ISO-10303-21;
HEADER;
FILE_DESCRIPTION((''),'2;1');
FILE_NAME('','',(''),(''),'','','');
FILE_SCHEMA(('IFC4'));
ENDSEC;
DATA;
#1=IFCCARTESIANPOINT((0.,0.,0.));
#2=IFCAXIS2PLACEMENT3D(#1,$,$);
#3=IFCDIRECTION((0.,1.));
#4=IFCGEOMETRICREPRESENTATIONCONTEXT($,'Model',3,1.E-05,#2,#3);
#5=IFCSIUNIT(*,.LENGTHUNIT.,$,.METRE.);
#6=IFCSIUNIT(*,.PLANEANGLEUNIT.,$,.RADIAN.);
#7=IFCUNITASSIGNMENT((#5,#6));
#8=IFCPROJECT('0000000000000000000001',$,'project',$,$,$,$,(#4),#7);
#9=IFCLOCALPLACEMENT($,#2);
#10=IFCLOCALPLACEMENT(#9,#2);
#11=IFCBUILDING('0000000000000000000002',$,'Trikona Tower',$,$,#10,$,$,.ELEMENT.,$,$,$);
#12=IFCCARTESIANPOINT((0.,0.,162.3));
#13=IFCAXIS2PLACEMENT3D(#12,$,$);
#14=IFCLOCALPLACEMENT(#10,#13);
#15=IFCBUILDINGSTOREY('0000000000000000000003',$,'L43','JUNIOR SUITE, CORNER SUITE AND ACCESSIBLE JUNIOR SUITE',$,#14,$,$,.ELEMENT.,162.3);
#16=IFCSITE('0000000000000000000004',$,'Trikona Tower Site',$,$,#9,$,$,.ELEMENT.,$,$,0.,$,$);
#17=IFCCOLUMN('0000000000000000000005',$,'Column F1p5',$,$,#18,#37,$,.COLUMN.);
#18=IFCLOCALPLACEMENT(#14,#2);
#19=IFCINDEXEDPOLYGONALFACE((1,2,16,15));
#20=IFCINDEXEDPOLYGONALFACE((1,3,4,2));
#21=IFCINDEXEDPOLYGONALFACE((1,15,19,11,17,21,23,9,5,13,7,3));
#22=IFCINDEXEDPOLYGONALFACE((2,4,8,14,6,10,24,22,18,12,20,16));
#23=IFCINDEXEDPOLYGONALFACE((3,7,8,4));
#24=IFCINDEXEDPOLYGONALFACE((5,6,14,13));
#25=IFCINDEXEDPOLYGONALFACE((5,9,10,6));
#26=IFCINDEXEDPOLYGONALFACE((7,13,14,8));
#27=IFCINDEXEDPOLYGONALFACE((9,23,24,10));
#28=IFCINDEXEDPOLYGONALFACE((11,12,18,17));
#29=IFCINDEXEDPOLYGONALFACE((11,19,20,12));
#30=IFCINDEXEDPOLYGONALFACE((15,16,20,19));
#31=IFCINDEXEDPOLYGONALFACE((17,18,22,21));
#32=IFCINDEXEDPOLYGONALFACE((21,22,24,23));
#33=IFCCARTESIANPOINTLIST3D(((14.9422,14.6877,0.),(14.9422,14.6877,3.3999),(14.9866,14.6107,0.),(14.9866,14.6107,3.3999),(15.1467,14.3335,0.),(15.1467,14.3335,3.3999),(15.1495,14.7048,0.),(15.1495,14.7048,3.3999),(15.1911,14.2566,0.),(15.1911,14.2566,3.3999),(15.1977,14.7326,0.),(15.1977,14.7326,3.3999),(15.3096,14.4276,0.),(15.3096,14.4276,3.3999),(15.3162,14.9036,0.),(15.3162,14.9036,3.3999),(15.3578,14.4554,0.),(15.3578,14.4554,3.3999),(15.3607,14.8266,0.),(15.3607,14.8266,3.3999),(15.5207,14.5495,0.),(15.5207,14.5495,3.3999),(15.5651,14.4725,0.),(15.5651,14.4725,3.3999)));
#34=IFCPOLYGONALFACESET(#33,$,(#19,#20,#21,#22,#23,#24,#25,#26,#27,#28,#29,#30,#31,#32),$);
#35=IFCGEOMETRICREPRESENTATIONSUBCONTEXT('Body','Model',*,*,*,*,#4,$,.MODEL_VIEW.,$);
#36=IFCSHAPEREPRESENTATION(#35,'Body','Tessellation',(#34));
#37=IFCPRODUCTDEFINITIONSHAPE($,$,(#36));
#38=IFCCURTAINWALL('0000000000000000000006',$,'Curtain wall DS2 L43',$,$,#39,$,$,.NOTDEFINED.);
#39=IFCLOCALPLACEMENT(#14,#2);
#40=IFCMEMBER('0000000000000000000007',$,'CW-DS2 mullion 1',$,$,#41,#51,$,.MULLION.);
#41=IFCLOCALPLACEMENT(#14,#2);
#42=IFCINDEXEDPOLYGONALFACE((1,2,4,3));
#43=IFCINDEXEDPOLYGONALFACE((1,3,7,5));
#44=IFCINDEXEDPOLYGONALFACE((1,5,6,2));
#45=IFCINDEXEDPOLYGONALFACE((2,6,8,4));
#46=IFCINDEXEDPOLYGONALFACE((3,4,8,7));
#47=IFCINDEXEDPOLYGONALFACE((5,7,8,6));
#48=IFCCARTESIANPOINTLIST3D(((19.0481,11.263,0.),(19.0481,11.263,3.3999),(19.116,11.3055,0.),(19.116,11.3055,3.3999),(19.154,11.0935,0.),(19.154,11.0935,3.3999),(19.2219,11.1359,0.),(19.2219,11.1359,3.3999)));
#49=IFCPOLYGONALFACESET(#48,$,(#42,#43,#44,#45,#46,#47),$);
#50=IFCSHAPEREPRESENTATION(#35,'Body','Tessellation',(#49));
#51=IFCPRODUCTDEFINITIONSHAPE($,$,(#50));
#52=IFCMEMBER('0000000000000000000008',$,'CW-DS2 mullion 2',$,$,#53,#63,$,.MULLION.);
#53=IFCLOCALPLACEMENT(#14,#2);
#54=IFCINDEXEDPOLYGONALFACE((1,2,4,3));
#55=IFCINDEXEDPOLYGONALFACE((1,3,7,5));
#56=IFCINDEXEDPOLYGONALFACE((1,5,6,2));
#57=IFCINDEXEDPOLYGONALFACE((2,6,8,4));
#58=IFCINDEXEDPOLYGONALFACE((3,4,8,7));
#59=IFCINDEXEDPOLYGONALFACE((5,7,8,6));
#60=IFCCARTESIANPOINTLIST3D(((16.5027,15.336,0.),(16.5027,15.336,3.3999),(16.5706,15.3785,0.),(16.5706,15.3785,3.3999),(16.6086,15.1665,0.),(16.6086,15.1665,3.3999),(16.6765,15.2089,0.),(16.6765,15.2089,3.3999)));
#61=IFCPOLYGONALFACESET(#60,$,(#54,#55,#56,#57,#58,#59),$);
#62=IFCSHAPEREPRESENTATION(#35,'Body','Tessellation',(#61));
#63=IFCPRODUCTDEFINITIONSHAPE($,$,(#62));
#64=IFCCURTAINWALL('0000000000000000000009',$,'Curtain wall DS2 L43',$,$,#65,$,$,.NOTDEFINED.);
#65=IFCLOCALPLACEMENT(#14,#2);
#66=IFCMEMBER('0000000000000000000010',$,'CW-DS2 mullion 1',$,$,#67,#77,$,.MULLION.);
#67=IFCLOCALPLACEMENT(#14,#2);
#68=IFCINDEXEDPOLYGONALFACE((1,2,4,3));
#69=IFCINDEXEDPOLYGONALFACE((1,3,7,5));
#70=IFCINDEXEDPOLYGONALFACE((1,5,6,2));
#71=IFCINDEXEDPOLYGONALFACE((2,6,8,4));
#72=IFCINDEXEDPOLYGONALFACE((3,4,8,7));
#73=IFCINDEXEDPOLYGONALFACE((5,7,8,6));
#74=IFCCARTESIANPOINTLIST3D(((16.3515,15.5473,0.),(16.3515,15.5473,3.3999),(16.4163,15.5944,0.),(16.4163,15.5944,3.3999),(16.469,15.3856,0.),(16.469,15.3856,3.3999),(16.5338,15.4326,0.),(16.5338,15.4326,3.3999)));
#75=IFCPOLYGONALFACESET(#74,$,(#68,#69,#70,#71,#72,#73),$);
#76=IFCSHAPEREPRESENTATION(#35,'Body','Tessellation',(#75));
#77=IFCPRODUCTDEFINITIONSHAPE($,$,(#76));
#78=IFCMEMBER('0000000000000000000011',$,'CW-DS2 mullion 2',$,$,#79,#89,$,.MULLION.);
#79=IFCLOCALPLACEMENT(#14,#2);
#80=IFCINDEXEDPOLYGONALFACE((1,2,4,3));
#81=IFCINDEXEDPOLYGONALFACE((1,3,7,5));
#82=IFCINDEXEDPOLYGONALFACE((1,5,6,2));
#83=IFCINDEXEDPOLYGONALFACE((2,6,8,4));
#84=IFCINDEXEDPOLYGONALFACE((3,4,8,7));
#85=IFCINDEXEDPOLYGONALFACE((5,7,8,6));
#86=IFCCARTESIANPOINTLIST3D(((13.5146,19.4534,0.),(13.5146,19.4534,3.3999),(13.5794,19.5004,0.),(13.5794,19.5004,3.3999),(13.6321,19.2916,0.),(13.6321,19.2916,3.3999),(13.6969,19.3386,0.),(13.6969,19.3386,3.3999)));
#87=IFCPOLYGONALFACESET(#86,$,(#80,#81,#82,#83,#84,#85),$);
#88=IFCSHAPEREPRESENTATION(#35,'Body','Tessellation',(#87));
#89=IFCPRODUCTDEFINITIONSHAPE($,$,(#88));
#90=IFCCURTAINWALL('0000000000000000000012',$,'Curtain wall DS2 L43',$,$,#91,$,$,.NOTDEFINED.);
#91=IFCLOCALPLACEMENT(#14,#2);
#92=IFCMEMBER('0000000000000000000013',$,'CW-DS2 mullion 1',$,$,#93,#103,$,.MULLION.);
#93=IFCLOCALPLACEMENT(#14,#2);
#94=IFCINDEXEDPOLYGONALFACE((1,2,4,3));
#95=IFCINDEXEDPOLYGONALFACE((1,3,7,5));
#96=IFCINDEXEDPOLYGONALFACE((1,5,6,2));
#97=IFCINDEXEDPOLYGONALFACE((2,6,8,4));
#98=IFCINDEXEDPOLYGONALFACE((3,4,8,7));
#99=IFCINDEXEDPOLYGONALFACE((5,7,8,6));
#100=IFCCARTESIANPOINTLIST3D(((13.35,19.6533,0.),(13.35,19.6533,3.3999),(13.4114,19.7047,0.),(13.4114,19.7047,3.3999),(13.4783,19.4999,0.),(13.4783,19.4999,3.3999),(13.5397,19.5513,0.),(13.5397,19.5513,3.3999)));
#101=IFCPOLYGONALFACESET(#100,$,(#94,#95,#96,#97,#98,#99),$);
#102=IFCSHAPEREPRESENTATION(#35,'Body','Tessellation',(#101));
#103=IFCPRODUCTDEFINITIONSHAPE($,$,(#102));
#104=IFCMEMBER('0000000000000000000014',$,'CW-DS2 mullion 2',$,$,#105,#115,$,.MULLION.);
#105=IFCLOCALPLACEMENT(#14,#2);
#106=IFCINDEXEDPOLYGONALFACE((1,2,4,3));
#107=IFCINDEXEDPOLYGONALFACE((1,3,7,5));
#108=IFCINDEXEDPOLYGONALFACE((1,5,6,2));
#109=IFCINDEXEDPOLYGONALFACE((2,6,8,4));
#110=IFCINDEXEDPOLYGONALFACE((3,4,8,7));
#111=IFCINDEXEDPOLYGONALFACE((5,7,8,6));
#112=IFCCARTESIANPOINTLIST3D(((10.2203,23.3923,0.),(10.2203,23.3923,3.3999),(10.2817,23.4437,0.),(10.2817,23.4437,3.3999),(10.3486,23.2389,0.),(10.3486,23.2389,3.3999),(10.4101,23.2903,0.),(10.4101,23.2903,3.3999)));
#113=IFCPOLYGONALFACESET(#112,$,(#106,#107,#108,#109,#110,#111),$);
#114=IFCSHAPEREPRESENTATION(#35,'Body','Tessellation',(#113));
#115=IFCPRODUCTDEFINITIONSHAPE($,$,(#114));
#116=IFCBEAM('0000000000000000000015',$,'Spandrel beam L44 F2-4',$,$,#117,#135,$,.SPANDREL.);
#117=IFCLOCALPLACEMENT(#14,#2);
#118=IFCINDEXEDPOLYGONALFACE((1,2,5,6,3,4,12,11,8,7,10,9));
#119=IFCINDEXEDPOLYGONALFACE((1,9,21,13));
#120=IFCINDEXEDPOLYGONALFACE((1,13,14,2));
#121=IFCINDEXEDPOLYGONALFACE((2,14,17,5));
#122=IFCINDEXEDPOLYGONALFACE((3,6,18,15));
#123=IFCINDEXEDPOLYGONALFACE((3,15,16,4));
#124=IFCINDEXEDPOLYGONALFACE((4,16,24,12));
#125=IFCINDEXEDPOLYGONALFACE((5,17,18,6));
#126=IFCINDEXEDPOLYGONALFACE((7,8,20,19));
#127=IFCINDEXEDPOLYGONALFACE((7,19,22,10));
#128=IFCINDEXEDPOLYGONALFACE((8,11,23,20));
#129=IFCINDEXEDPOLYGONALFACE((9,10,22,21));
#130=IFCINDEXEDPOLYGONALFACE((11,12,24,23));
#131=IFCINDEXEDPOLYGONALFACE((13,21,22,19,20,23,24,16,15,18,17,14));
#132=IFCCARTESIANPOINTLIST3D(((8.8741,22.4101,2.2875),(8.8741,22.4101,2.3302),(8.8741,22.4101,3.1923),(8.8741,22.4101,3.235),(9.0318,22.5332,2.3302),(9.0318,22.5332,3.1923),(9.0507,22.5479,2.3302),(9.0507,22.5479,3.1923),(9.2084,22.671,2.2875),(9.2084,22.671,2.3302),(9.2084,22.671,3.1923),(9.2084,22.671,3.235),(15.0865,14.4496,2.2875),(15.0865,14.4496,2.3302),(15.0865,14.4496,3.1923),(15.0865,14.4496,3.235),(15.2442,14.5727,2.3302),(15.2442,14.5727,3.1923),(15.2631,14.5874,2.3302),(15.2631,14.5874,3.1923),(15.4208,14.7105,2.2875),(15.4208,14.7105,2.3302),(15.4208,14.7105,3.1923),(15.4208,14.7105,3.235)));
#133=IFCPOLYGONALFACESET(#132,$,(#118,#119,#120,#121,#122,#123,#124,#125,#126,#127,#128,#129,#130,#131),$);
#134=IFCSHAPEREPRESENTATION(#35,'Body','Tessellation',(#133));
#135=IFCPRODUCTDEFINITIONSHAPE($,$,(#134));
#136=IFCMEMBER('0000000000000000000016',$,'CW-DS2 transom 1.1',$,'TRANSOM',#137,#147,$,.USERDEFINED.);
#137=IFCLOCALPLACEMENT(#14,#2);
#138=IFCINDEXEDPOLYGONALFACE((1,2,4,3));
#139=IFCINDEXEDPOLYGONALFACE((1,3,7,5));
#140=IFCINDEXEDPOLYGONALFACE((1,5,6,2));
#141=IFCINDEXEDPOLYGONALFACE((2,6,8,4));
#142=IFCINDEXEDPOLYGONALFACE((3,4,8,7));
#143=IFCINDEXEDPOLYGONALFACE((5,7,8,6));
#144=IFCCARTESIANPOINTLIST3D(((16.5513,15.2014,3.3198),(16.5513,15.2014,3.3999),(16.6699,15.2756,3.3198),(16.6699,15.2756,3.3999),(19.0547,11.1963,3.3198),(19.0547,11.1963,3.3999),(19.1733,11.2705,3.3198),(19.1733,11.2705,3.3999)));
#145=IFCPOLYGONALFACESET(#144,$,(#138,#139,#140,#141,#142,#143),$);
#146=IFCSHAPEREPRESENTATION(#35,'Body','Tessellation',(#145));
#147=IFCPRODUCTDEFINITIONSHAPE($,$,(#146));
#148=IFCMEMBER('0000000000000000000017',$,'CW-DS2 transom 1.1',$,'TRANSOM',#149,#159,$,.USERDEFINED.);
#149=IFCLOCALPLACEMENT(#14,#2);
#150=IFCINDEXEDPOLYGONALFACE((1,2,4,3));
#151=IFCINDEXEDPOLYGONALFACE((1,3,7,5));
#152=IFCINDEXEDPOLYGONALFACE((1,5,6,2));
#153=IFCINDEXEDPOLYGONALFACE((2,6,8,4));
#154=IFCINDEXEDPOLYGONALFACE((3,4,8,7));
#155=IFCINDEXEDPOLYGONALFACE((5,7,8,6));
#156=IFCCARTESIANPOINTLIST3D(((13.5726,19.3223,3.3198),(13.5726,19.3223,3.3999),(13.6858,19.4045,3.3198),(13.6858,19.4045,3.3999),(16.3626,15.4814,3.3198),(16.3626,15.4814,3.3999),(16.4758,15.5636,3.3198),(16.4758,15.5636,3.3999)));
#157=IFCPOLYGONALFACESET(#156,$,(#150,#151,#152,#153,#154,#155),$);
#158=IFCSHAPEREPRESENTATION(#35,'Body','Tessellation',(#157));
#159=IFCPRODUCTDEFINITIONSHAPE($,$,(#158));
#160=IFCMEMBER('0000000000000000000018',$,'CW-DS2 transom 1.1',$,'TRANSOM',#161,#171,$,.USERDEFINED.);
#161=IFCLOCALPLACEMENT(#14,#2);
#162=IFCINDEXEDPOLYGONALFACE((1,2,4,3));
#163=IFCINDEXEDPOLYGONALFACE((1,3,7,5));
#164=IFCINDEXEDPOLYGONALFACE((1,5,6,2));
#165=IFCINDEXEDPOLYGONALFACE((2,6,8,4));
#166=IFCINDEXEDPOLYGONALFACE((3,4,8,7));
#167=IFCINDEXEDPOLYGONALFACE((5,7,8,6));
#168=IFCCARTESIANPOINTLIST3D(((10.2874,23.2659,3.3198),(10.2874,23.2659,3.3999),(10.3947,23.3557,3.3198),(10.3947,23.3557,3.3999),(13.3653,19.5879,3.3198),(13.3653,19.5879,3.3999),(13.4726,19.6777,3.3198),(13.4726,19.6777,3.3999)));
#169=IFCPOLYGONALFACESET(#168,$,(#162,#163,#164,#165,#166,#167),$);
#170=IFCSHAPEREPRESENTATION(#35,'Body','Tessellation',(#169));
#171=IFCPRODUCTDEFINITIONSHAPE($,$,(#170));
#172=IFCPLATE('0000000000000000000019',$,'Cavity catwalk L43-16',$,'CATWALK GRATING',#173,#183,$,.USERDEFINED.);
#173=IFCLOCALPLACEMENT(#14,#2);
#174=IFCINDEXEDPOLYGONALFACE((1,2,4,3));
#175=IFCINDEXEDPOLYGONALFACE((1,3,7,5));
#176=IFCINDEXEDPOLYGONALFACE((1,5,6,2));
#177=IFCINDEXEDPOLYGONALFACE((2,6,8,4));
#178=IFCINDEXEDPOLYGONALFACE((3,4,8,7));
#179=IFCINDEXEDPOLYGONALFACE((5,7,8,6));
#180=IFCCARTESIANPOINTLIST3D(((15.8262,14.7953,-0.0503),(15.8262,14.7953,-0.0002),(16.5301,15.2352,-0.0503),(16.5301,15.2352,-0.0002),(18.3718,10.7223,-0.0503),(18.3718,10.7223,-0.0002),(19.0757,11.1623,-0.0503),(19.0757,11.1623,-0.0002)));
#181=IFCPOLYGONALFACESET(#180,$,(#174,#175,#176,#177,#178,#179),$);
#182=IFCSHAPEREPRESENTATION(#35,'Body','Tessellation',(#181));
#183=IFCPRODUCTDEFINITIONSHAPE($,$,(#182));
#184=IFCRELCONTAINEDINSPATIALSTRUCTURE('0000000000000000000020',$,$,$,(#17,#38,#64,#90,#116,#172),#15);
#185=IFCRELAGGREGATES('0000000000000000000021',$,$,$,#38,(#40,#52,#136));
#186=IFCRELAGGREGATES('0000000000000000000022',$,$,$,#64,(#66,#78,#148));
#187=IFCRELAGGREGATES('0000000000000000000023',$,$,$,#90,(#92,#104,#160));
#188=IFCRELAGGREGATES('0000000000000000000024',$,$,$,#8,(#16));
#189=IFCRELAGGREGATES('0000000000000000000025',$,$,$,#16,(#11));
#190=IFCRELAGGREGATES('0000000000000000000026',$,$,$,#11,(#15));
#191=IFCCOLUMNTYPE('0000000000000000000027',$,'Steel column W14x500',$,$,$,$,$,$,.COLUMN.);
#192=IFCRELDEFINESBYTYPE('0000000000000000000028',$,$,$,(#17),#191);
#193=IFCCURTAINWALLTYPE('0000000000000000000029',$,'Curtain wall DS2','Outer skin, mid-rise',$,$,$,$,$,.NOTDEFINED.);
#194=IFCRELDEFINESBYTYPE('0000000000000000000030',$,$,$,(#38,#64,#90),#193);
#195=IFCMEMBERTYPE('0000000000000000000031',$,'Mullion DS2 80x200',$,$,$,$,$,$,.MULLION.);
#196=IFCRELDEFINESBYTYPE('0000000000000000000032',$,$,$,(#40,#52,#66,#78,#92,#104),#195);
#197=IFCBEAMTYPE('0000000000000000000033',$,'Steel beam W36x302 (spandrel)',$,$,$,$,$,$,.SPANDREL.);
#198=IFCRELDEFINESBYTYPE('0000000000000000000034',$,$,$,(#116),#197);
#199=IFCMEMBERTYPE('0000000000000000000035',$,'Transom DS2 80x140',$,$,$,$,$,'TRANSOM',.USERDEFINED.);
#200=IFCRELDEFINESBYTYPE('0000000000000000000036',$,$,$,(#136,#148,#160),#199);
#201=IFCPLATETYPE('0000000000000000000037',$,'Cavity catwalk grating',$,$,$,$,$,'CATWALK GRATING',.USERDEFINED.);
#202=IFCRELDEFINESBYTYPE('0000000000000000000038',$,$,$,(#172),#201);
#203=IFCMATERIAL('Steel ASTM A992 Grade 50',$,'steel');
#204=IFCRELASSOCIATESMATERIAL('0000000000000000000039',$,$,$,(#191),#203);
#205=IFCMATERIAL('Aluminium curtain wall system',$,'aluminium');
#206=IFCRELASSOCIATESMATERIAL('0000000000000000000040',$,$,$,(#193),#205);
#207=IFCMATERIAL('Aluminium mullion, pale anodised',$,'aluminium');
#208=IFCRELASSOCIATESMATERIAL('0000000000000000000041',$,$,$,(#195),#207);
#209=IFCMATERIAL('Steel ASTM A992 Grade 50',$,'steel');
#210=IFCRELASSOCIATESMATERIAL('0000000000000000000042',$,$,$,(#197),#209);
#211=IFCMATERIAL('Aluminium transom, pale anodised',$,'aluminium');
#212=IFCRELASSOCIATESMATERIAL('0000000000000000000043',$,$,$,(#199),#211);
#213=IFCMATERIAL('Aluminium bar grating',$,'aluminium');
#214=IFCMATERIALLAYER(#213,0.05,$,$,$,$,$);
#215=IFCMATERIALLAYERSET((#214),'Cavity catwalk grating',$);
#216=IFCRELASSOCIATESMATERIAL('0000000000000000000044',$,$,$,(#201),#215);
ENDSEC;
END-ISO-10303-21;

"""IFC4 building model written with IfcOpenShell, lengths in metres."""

from ifc_helpers import new_model, si_unit, direction, frame, origin, origin_2d, place, context, subcontext, project, spatial, rectangle, i_section, extrude, material, layer, layer_set, material_profile, profile_set, type_object, element, aggregate, save


model = new_model("IFC4")

# Units and contexts
model_context = context("Model", 3, precision=1e-05, world=origin(), true_north=direction((0.0, 1.0)))
body_context = subcontext(model_context, "Body", "Model", "MODEL_VIEW")
ifc_project = project(units=[si_unit("LENGTHUNIT", "METRE"), si_unit("PLANEANGLEUNIT", "RADIAN")], contexts=[model_context])

# Site, building, storey
site_placement = place(None, origin())
site = spatial("IfcSite", under=ifc_project, at=site_placement, Name="Trikona Tower Site", CompositionType="ELEMENT", RefElevation=0.0)
building_placement = place(site_placement, origin())
building = spatial("IfcBuilding", under=site, at=building_placement, Name="Trikona Tower", CompositionType="ELEMENT")
storey_placement = place(building_placement, frame((0.0, 0.0, 162.3)))
storey = spatial("IfcBuildingStorey", under=building, at=storey_placement, Name="L43", Description="JUNIOR SUITE, CORNER SUITE AND ACCESSIBLE JUNIOR SUITE", CompositionType="ELEMENT", Elevation=162.3)

# Column
ifc_material_1 = material(Name="Steel ASTM A992 Grade 50", Category="steel")
ifc_material_profile_1 = material_profile(ifc_material_1, i_section(OverallWidth=0.4319, OverallDepth=0.4978, WebThickness=0.0557, FlangeThickness=0.0889, at=origin_2d()), Name="W14X500")
ifc_profile_set_1 = profile_set([ifc_material_profile_1], Name="Steel ASTM A992 Grade 50")
column_type = type_object("IfcColumnType", Name="Steel column W14x500", PredefinedType="COLUMN", material=ifc_profile_set_1)
column_placement = place(storey_placement, frame((15.2537, 14.5801, 0.0), z_axis=(0.0, 0.0, 1.0), x_axis=(0.866025, 0.5, 0.0)))
element("IfcColumn", 1, at=column_placement, inside=storey, type_object=column_type, Name="Column F1p5", PredefinedType="COLUMN", context=body_context, shape_type="SweptSolid", body=[
    extrude(i_section(OverallWidth=0.4319, OverallDepth=0.4978, WebThickness=0.0557, FlangeThickness=0.0889, at=origin_2d()), origin(), (0.0, 0.0, 1.0), 3.3999),
])

# Curtain walls, members
ifc_material_2 = material(Name="Aluminium curtain wall system", Category="aluminium")
curtain_wall_type = type_object("IfcCurtainWallType", Name="Curtain wall DS2", Description="Outer skin, mid-rise", PredefinedType="NOTDEFINED", material=ifc_material_2)
curtain_wall_1_placement = place(storey_placement, origin())
curtain_wall_1 = element("IfcCurtainWall", 2, at=curtain_wall_1_placement, inside=storey, type_object=curtain_wall_type, Name="Curtain wall DS2 L43", PredefinedType="NOTDEFINED")
ifc_material_3 = material(Name="Aluminium mullion, pale anodised", Category="aluminium")
ifc_material_profile_2 = material_profile(ifc_material_3, rectangle(XDim=0.0801, YDim=0.2, at=origin_2d()), Name="MUL-DS2")
ifc_profile_set_2 = profile_set([ifc_material_profile_2], Name="Aluminium mullion, pale anodised")
member_type_1 = type_object("IfcMemberType", Name="Mullion DS2 80x200", PredefinedType="MULLION", material=ifc_profile_set_2)
member_1_placement = place(storey_placement, frame((19.135, 11.1995, 0.0), z_axis=(0.0, 0.0, 1.0), x_axis=(-0.847998, -0.529999, 0.0)))
member_1 = element("IfcMember", 3, at=member_1_placement, type_object=member_type_1, Name="CW-DS2 mullion 1", PredefinedType="MULLION", context=body_context, shape_type="SweptSolid", body=[
    extrude(rectangle(XDim=0.0801, YDim=0.2, at=origin_2d()), origin(), (0.0, 0.0, 1.0), 3.3999),
])
member_2_placement = place(storey_placement, frame((16.5896, 15.2725, 0.0), z_axis=(0.0, 0.0, 1.0), x_axis=(-0.847998, -0.529999, 0.0)))
member_2 = element("IfcMember", 4, at=member_2_placement, type_object=member_type_1, Name="CW-DS2 mullion 2", PredefinedType="MULLION", context=body_context, shape_type="SweptSolid", body=[
    extrude(rectangle(XDim=0.0801, YDim=0.2, at=origin_2d()), origin(), (0.0, 0.0, 1.0), 3.3999),
])
curtain_wall_2_placement = place(storey_placement, origin())
curtain_wall_2 = element("IfcCurtainWall", 5, at=curtain_wall_2_placement, inside=storey, type_object=curtain_wall_type, Name="Curtain wall DS2 L43", PredefinedType="NOTDEFINED")
member_3_placement = place(storey_placement, frame((16.4426, 15.49, 0.0), z_axis=(0.0, 0.0, 1.0), x_axis=(-0.809086, -0.587691, 0.0)))
member_3 = element("IfcMember", 6, at=member_3_placement, type_object=member_type_1, Name="CW-DS2 mullion 1", PredefinedType="MULLION", context=body_context, shape_type="SweptSolid", body=[
    extrude(rectangle(XDim=0.0801, YDim=0.2, at=origin_2d()), origin(), (0.0, 0.0, 1.0), 3.3999),
])
member_4_placement = place(storey_placement, frame((13.6057, 19.396, 0.0), z_axis=(0.0, 0.0, 1.0), x_axis=(-0.809086, -0.587691, 0.0)))
member_4 = element("IfcMember", 7, at=member_4_placement, type_object=member_type_1, Name="CW-DS2 mullion 2", PredefinedType="MULLION", context=body_context, shape_type="SweptSolid", body=[
    extrude(rectangle(XDim=0.0801, YDim=0.2, at=origin_2d()), origin(), (0.0, 0.0, 1.0), 3.3999),
])
curtain_wall_3_placement = place(storey_placement, origin())
curtain_wall_3 = element("IfcCurtainWall", 8, at=curtain_wall_3_placement, inside=storey, type_object=curtain_wall_type, Name="Curtain wall DS2 L43", PredefinedType="NOTDEFINED")
member_5_placement = place(storey_placement, frame((13.4448, 19.6023, 0.0), z_axis=(0.0, 0.0, 1.0), x_axis=(-0.766867, -0.641806, 0.0)))
member_5 = element("IfcMember", 9, at=member_5_placement, type_object=member_type_1, Name="CW-DS2 mullion 1", PredefinedType="MULLION", context=body_context, shape_type="SweptSolid", body=[
    extrude(rectangle(XDim=0.0801, YDim=0.2, at=origin_2d()), origin(), (0.0, 0.0, 1.0), 3.3999),
])
member_6_placement = place(storey_placement, frame((10.3152, 23.3413, 0.0), z_axis=(0.0, 0.0, 1.0), x_axis=(-0.766867, -0.641806, 0.0)))
member_6 = element("IfcMember", 10, at=member_6_placement, type_object=member_type_1, Name="CW-DS2 mullion 2", PredefinedType="MULLION", context=body_context, shape_type="SweptSolid", body=[
    extrude(rectangle(XDim=0.0801, YDim=0.2, at=origin_2d()), origin(), (0.0, 0.0, 1.0), 3.3999),
])

# Beam
ifc_material_4 = material(Name="Steel ASTM A992 Grade 50", Category="steel")
ifc_material_profile_3 = material_profile(ifc_material_4, i_section(OverallWidth=0.4241, OverallDepth=0.9475, WebThickness=0.0239, FlangeThickness=0.0427, at=origin_2d()), Name="W36X302")
ifc_profile_set_3 = profile_set([ifc_material_profile_3], Name="Steel ASTM A992 Grade 50")
beam_type = type_object("IfcBeamType", Name="Steel beam W36x302 (spandrel)", PredefinedType="SPANDREL", material=ifc_profile_set_3)
beam_placement = place(storey_placement, frame((15.2537, 14.5801, 2.7612), z_axis=(-0.615232, 0.788346, 0.0), x_axis=(-0.788346, -0.615232, 0.0)))
element("IfcBeam", 11, at=beam_placement, inside=storey, type_object=beam_type, Name="Spandrel beam L44 F2-4", PredefinedType="SPANDREL", context=body_context, shape_type="SweptSolid", body=[
    extrude(i_section(OverallWidth=0.4241, OverallDepth=0.9475, WebThickness=0.0239, FlangeThickness=0.0427, at=origin_2d()), origin(), (0.0, 0.0, 1.0), 10.0977),
])

# Members
ifc_material_5 = material(Name="Aluminium transom, pale anodised", Category="aluminium")
ifc_material_profile_4 = material_profile(ifc_material_5, rectangle(XDim=0.1399, YDim=0.0801, at=origin_2d()), Name="TRN-DS2")
ifc_profile_set_4 = profile_set([ifc_material_profile_4], Name="Aluminium transom, pale anodised")
member_type_2 = type_object("IfcMemberType", Name="Transom DS2 80x140", ElementType="TRANSOM", PredefinedType="USERDEFINED", material=ifc_profile_set_4)
member_7_placement = place(storey_placement, frame((19.114, 11.2334, 3.3599), z_axis=(-0.530031, 0.847978, 0.0), x_axis=(-0.847978, -0.530031, 0.0)))
member_7 = element("IfcMember", 12, at=member_7_placement, type_object=member_type_2, Name="CW-DS2 transom 1.1", ObjectType="TRANSOM", PredefinedType="USERDEFINED", context=body_context, shape_type="SweptSolid", body=[
    extrude(rectangle(XDim=0.1399, YDim=0.0801, at=origin_2d()), origin(), (0.0, 0.0, 1.0), 4.7231),
])
member_8_placement = place(storey_placement, frame((16.4192, 15.5225, 3.3599), z_axis=(-0.587695, 0.809083, 0.0), x_axis=(-0.809083, -0.587695, 0.0)))
member_8 = element("IfcMember", 13, at=member_8_placement, type_object=member_type_2, Name="CW-DS2 transom 1.1", ObjectType="TRANSOM", PredefinedType="USERDEFINED", context=body_context, shape_type="SweptSolid", body=[
    extrude(rectangle(XDim=0.1399, YDim=0.0801, at=origin_2d()), origin(), (0.0, 0.0, 1.0), 4.7473),
])
member_9_placement = place(storey_placement, frame((13.4189, 19.6328, 3.3599), z_axis=(-0.64177, 0.766897, 0.0), x_axis=(-0.766897, -0.64177, 0.0)))
member_9 = element("IfcMember", 14, at=member_9_placement, type_object=member_type_2, Name="CW-DS2 transom 1.1", ObjectType="TRANSOM", PredefinedType="USERDEFINED", context=body_context, shape_type="SweptSolid", body=[
    extrude(rectangle(XDim=0.1399, YDim=0.0801, at=origin_2d()), origin(), (0.0, 0.0, 1.0), 4.7959),
])

# Plate
ifc_material_6 = material(Name="Aluminium bar grating", Category="aluminium")
ifc_layer_1 = layer(ifc_material_6, 0.05)
ifc_layer_set_1 = layer_set([ifc_layer_1], Name="Cavity catwalk grating")
plate_type_1 = type_object("IfcPlateType", Name="Cavity catwalk grating", ElementType="CATWALK GRATING", PredefinedType="USERDEFINED", material=ifc_layer_set_1)
plate_1_placement = place(storey_placement, frame((17.4509, 12.9788, -0.0503), z_axis=(0.0, 0.0, 1.0), x_axis=(-0.529995, 0.848001, 0.0)))
element("IfcPlate", 15, at=plate_1_placement, inside=storey, type_object=plate_type_1, Name="Cavity catwalk L43-16", ObjectType="CATWALK GRATING", PredefinedType="USERDEFINED", context=body_context, shape_type="SweptSolid", body=[
    extrude(rectangle(XDim=4.803, YDim=0.8301, at=origin_2d()), origin(), (0.0, 0.0, 1.0), 0.05),
])

aggregate(curtain_wall_1, [member_1, member_2, member_7])
aggregate(curtain_wall_2, [member_3, member_4, member_8])
aggregate(curtain_wall_3, [member_5, member_6, member_9])

save(model, "model.ifc")
